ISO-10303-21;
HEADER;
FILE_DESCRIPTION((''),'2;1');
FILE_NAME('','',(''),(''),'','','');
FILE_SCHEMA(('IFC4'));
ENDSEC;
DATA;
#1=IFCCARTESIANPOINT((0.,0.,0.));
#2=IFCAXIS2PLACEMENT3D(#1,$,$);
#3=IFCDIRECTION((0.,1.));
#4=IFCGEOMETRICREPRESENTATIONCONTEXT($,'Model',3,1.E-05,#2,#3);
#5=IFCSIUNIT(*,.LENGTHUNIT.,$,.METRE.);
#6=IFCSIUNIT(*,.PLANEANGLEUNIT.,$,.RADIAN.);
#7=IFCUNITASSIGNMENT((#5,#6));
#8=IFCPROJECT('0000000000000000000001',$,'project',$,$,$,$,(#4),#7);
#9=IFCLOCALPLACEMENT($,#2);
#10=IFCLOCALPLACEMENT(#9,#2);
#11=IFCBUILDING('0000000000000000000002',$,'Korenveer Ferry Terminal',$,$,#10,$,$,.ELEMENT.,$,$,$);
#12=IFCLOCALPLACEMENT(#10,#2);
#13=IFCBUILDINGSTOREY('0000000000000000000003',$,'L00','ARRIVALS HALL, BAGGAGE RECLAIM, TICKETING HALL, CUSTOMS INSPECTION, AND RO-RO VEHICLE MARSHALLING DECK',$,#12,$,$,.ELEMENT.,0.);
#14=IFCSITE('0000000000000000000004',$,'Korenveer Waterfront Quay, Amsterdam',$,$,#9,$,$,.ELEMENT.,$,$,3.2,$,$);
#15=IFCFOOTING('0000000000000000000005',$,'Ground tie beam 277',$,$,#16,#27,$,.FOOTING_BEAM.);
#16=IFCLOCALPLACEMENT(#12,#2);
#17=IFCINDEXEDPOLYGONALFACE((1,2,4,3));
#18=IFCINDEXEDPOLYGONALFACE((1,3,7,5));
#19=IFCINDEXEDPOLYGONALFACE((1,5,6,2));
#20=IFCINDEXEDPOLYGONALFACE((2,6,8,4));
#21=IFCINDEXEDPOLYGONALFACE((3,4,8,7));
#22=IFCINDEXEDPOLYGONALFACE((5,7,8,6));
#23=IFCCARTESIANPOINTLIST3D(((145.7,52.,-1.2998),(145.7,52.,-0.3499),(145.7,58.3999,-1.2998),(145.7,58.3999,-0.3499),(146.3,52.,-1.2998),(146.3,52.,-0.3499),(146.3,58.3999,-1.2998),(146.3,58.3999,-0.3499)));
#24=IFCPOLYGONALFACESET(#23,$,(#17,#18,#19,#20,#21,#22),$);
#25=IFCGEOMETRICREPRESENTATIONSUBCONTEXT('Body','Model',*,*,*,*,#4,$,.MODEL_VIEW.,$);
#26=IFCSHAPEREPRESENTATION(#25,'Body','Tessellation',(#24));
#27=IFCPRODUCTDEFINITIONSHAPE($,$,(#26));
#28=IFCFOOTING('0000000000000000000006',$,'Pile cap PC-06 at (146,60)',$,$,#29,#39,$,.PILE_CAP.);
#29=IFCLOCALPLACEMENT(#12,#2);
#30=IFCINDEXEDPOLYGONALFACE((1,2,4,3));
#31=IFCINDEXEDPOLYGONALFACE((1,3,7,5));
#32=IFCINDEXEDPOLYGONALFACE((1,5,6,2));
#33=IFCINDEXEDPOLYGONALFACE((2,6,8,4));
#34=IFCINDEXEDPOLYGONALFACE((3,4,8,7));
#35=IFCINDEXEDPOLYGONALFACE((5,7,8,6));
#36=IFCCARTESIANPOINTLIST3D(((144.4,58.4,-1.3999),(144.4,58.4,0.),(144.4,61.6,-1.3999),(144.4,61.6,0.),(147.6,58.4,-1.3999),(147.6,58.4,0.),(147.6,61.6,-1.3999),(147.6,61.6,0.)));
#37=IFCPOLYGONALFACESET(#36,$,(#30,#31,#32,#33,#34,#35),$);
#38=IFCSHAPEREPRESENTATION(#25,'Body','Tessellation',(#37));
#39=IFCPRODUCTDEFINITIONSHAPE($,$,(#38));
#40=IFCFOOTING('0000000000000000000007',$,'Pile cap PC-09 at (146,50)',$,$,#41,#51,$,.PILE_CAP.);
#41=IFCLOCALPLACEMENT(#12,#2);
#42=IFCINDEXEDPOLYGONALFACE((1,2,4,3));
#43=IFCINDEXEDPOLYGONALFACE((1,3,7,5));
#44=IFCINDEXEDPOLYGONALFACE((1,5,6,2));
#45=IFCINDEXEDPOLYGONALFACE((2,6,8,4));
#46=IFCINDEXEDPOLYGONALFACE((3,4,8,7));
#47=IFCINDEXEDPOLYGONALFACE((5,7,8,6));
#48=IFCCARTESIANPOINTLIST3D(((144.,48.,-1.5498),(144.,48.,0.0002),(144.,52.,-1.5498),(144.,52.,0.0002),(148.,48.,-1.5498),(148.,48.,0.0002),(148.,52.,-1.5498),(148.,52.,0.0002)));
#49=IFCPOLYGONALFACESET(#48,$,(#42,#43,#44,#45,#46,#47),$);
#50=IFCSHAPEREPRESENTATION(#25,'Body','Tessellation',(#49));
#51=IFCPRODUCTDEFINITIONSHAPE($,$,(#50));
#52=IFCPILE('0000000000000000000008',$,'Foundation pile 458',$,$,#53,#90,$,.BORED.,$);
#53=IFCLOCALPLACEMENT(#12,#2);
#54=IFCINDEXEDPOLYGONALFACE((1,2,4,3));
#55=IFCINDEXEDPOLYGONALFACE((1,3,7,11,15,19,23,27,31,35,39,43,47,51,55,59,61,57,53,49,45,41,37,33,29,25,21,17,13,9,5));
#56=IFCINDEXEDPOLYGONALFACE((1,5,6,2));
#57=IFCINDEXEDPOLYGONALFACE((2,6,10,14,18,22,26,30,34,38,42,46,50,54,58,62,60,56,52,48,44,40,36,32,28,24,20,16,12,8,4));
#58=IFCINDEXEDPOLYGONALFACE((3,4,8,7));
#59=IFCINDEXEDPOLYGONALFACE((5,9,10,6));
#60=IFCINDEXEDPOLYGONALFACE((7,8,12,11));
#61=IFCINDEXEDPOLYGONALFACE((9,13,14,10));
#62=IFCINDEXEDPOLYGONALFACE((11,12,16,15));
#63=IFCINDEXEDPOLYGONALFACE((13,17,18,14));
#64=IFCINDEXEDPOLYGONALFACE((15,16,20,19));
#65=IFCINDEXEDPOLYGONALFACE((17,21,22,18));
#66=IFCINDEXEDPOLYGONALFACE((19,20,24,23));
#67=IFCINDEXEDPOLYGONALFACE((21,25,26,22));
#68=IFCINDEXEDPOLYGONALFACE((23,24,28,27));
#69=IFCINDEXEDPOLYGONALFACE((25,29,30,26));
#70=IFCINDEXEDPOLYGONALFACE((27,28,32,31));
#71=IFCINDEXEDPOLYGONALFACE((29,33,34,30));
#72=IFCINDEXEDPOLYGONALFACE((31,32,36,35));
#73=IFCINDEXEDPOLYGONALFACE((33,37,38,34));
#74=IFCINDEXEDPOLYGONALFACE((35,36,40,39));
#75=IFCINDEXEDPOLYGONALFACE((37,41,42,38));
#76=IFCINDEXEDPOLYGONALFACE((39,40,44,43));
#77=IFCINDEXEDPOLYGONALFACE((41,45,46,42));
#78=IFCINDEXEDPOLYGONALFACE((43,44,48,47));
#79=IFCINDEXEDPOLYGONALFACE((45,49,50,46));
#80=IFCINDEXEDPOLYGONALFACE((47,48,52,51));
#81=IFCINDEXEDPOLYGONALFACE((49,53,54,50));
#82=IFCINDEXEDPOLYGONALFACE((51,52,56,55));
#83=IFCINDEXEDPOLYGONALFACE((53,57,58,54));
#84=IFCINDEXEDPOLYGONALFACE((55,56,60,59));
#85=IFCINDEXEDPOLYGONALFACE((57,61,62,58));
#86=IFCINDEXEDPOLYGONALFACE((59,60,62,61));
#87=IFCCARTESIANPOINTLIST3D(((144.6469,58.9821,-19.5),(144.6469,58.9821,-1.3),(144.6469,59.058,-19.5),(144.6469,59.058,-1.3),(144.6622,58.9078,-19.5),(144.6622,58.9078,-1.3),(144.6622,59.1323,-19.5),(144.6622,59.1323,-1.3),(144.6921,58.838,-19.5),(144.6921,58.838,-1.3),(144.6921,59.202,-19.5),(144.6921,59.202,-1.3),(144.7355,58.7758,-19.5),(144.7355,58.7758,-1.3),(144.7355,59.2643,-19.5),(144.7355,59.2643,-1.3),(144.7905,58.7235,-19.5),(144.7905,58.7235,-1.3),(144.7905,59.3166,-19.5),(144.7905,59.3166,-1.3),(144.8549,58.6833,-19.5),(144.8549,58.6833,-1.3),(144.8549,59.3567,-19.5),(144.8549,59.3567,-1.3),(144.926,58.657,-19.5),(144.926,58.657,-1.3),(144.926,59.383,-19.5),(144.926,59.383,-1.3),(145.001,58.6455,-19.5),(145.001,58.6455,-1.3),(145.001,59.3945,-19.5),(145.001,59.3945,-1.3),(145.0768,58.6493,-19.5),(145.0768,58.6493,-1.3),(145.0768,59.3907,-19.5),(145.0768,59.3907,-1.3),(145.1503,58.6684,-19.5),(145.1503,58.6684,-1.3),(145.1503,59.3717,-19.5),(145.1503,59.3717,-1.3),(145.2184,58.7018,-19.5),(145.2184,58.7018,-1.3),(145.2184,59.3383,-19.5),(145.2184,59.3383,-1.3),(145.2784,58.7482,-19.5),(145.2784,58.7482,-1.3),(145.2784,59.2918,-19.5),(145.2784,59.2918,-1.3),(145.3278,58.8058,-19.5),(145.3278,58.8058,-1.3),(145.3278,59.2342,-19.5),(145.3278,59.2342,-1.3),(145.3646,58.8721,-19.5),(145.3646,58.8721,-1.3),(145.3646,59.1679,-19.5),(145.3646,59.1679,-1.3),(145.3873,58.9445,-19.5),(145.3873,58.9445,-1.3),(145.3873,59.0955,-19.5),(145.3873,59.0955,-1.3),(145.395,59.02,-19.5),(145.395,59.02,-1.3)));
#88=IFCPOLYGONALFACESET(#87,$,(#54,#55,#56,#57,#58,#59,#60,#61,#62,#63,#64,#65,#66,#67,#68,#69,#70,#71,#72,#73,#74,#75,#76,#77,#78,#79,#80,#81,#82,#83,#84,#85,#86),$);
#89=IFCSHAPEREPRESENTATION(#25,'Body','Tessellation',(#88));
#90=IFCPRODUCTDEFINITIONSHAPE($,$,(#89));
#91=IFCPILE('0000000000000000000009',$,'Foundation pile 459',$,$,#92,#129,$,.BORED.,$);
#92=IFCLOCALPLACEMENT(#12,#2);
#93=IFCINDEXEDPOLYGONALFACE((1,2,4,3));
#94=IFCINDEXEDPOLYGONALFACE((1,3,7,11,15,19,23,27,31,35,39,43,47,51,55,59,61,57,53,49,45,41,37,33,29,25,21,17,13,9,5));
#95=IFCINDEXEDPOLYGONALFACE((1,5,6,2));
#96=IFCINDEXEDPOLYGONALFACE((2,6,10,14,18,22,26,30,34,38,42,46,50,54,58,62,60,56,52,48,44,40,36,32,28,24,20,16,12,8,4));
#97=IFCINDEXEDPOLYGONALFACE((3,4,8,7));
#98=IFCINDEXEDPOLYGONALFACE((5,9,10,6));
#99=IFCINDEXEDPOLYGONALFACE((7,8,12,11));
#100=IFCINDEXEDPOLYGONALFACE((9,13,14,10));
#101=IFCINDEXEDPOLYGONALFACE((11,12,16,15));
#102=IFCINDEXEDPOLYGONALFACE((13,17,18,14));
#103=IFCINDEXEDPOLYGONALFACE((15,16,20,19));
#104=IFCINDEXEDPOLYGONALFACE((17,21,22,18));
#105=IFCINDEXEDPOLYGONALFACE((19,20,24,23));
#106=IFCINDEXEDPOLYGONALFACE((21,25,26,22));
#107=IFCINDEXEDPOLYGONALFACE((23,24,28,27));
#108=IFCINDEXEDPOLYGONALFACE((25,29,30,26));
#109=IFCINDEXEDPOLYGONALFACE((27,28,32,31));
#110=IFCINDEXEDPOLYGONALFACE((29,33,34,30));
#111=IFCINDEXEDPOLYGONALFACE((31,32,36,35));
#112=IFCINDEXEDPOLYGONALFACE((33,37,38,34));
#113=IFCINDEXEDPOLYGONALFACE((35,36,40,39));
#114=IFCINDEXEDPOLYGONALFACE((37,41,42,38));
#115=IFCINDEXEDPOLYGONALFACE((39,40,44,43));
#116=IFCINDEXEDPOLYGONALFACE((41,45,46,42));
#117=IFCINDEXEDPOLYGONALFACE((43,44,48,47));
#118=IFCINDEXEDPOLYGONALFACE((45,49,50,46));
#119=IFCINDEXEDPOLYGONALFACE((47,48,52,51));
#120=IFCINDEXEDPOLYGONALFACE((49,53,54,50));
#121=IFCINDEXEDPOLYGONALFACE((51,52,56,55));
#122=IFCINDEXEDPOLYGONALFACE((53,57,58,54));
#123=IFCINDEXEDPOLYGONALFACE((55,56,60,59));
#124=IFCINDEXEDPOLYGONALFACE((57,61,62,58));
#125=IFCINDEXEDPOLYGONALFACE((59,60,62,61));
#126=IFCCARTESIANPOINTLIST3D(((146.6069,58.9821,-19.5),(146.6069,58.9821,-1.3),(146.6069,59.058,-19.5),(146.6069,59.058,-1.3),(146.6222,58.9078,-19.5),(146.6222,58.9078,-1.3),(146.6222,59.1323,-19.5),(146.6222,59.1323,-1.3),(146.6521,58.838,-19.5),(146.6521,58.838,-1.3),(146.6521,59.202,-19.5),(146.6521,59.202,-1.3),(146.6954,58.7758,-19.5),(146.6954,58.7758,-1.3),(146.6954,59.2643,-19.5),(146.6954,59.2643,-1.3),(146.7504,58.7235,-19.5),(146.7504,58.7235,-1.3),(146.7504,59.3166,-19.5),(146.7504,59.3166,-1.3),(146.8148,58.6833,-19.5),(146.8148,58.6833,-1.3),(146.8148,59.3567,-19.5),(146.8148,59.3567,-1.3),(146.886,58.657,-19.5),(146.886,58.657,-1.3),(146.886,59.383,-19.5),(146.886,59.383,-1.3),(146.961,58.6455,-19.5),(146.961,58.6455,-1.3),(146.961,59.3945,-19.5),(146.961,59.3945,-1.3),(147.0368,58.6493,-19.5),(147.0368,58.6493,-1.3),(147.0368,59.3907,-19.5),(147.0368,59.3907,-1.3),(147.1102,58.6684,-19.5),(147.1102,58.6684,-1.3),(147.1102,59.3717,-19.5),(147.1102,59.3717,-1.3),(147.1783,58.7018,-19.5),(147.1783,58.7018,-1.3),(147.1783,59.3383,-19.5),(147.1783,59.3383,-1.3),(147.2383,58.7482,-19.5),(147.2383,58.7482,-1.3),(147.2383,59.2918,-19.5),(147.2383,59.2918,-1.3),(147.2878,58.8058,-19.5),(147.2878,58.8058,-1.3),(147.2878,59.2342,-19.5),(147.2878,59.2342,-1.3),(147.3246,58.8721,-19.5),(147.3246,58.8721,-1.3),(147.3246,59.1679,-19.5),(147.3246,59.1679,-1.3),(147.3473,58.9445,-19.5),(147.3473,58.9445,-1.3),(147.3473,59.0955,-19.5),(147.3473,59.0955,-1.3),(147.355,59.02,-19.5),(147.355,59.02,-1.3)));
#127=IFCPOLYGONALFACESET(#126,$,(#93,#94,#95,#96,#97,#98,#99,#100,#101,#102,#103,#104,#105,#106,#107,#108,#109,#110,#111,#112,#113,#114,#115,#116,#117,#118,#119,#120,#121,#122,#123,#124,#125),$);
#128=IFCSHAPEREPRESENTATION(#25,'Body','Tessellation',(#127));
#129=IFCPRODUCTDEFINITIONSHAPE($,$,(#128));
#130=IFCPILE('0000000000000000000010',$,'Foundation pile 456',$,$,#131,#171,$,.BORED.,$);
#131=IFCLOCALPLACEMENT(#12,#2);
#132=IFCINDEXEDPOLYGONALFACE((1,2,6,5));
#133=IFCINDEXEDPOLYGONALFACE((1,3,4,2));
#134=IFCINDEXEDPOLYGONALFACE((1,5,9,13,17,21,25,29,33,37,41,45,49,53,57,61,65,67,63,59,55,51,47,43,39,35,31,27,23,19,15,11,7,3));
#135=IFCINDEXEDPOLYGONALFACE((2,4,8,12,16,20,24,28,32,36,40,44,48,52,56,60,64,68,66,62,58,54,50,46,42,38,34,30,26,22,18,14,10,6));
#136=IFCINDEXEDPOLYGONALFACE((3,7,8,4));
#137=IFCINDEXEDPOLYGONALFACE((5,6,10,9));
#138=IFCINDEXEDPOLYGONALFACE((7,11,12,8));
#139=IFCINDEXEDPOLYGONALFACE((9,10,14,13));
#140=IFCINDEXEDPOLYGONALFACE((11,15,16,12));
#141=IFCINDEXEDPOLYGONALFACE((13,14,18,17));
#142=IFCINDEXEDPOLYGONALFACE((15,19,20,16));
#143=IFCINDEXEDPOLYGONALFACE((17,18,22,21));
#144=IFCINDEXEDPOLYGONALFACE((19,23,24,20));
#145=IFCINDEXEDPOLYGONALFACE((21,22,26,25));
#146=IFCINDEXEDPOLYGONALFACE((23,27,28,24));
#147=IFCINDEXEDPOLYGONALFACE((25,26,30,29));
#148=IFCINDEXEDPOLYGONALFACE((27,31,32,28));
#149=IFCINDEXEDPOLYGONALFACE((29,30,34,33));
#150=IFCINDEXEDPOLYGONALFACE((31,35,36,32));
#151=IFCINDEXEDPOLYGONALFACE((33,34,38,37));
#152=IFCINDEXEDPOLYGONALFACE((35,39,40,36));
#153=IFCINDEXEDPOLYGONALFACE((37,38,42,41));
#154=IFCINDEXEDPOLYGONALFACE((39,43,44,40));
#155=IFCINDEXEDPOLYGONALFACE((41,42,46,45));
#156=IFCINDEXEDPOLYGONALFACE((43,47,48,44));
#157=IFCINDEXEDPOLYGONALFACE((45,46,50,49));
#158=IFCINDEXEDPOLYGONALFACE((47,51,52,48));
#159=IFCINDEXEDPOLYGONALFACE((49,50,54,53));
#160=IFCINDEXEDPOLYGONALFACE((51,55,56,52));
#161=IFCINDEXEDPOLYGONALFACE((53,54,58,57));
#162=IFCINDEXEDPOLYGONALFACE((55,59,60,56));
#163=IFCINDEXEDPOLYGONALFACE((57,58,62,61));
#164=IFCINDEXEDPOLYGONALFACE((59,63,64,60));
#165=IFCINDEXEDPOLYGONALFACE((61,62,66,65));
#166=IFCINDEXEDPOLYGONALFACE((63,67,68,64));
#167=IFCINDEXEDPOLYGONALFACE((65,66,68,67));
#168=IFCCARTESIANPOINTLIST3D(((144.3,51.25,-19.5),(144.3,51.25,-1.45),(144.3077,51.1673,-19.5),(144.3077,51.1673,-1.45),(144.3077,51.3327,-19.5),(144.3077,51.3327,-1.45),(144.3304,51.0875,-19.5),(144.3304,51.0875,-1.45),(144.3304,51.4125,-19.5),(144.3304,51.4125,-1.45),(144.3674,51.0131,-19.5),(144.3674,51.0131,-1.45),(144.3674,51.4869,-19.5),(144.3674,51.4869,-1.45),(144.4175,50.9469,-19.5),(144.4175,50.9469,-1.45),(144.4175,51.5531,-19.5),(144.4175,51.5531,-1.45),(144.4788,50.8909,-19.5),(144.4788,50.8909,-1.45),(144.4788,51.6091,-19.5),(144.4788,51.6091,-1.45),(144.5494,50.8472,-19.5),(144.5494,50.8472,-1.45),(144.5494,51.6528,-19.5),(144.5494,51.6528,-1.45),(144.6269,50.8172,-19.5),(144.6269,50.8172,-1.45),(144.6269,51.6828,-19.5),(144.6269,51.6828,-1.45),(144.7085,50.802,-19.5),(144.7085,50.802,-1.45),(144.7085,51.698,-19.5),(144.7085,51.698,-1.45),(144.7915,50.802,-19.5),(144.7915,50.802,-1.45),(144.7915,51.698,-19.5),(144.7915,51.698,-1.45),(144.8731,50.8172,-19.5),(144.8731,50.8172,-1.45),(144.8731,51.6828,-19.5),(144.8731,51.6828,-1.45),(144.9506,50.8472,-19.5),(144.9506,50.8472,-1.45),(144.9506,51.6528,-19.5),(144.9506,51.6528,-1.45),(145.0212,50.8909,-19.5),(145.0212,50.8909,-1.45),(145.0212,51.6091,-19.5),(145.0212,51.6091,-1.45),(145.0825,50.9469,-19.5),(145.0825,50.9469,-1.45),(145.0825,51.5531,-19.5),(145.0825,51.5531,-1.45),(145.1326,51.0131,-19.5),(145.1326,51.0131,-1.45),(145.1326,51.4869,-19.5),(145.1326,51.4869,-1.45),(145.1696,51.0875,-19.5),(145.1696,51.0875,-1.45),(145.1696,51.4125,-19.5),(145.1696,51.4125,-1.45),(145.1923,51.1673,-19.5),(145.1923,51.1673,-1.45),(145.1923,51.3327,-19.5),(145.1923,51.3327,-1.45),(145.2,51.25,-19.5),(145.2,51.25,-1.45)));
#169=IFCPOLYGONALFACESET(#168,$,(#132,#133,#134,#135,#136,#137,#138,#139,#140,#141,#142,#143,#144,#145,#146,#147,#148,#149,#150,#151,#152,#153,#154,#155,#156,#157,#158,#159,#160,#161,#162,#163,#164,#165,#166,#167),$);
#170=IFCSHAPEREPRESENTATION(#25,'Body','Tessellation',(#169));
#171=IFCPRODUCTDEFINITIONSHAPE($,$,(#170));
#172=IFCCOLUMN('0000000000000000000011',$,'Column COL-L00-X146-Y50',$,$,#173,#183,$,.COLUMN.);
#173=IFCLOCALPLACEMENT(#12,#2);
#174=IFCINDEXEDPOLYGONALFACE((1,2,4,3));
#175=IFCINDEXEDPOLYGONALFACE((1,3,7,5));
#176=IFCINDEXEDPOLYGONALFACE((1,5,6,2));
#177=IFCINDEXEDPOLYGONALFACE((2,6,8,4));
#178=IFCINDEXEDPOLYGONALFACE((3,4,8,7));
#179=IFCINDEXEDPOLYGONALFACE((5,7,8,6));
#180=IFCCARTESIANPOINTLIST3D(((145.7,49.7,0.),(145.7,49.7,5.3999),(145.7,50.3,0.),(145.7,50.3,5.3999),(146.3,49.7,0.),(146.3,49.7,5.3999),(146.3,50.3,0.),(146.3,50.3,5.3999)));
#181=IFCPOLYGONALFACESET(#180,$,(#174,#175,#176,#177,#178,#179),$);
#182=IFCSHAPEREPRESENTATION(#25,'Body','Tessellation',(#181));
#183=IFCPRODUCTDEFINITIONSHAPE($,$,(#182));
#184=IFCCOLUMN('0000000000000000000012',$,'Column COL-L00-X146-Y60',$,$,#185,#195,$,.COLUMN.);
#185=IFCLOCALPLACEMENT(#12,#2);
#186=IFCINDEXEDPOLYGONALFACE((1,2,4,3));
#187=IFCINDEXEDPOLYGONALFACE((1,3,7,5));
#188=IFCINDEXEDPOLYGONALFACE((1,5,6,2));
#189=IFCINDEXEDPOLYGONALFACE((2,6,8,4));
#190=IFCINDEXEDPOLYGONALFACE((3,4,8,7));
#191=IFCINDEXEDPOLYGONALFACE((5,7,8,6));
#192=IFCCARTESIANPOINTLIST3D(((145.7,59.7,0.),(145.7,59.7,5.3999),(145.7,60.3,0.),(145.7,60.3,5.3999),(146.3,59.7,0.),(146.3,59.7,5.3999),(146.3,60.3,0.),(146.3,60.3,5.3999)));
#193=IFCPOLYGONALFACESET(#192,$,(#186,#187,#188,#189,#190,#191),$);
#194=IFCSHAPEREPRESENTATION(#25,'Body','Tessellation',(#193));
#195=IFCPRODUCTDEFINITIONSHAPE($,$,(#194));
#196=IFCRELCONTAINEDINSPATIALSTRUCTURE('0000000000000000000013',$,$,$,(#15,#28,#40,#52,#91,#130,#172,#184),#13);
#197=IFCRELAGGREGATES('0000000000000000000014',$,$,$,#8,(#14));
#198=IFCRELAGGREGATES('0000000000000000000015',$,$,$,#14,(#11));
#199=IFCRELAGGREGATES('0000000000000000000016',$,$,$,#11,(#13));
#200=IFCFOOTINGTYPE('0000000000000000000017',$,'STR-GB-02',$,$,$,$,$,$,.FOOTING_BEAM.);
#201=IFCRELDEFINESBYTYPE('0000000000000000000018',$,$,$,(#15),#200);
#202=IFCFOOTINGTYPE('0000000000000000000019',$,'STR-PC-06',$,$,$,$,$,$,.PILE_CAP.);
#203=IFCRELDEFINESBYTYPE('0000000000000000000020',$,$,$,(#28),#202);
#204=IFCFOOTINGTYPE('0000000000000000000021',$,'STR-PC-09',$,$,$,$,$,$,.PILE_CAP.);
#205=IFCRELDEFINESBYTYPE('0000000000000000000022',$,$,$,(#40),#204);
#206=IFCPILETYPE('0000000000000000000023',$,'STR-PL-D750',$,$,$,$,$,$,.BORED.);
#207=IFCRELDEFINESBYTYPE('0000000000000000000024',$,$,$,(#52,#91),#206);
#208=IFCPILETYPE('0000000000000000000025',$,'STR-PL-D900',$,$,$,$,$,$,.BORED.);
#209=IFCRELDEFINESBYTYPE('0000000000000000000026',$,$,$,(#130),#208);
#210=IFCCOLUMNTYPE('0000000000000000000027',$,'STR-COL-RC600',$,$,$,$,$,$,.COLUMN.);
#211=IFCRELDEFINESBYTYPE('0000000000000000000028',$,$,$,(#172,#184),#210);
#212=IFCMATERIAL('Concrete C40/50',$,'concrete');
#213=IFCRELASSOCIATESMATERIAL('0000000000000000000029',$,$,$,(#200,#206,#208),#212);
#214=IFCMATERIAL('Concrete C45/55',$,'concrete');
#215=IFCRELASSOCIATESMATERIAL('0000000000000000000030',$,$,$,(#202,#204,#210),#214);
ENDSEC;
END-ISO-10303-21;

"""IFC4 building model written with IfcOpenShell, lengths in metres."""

from ifc_helpers import new_model, si_unit, direction, frame, origin, origin_2d, place, context, subcontext, project, spatial, rectangle, circle, extrude, material, material_profile, profile_set, type_object, element, save


model = new_model("IFC4")

# Units and contexts
model_context = context("Model", 3, precision=1e-05, world=origin(), true_north=direction((0.0, 1.0)))
body_context = subcontext(model_context, "Body", "Model", "MODEL_VIEW")
ifc_project = project(units=[si_unit("LENGTHUNIT", "METRE"), si_unit("PLANEANGLEUNIT", "RADIAN")], contexts=[model_context])

# Site, building, storey
site_placement = place(None, origin())
site = spatial("IfcSite", under=ifc_project, at=site_placement, Name="Korenveer Waterfront Quay, Amsterdam", CompositionType="ELEMENT", RefElevation=3.2)
building_placement = place(site_placement, origin())
building = spatial("IfcBuilding", under=site, at=building_placement, Name="Korenveer Ferry Terminal", CompositionType="ELEMENT")
storey_placement = place(building_placement, origin())
storey = spatial("IfcBuildingStorey", under=building, at=storey_placement, Name="L00", Description="ARRIVALS HALL, BAGGAGE RECLAIM, TICKETING HALL, CUSTOMS INSPECTION, AND RO-RO VEHICLE MARSHALLING DECK", CompositionType="ELEMENT", Elevation=0.0)

# Footings
ifc_material_1 = material(Name="Concrete C40/50", Category="concrete")
footing_type_1 = type_object("IfcFootingType", Name="STR-GB-02", PredefinedType="FOOTING_BEAM", material=ifc_material_1)
footing_1_placement = place(storey_placement, frame((146.0, 55.2, -1.2998), z_axis=(0.0, 0.0, 1.0), x_axis=(1.0, 0.0, 0.0)))
element("IfcFooting", 1, at=footing_1_placement, inside=storey, type_object=footing_type_1, Name="Ground tie beam 277", PredefinedType="FOOTING_BEAM", context=body_context, shape_type="SweptSolid", body=[
    extrude(rectangle(XDim=0.6001, YDim=6.3999, at=origin_2d()), origin(), (0.0, 0.0, 1.0), 0.95),
])
ifc_material_2 = material(Name="Concrete C45/55", Category="concrete")
footing_type_2 = type_object("IfcFootingType", Name="STR-PC-06", PredefinedType="PILE_CAP", material=ifc_material_2)
footing_2_placement = place(storey_placement, frame((146.0, 60.0, -1.3999), z_axis=(0.0, 0.0, 1.0), x_axis=(1.0, 0.0, 0.0)))
element("IfcFooting", 2, at=footing_2_placement, inside=storey, type_object=footing_type_2, Name="Pile cap PC-06 at (146,60)", PredefinedType="PILE_CAP", context=body_context, shape_type="SweptSolid", body=[
    extrude(rectangle(XDim=3.2, YDim=3.2, at=origin_2d()), origin(), (0.0, 0.0, 1.0), 1.3999),
])
footing_type_3 = type_object("IfcFootingType", Name="STR-PC-09", PredefinedType="PILE_CAP", material=ifc_material_2)
footing_3_placement = place(storey_placement, frame((146.0, 50.0, -1.5498), z_axis=(0.0, 0.0, 1.0), x_axis=(1.0, 0.0, 0.0)))
element("IfcFooting", 3, at=footing_3_placement, inside=storey, type_object=footing_type_3, Name="Pile cap PC-09 at (146,50)", PredefinedType="PILE_CAP", context=body_context, shape_type="SweptSolid", body=[
    extrude(rectangle(XDim=4.0, YDim=4.0, at=origin_2d()), origin(), (0.0, 0.0, 1.0), 1.55),
])

# Piles
ifc_material_profile_1 = material_profile(ifc_material_1, circle(Radius=0.375, at=origin_2d()), Name="PILE D750")
ifc_profile_set_1 = profile_set([ifc_material_profile_1], Name="Concrete C40/50")
pile_type_1 = type_object("IfcPileType", Name="STR-PL-D750", PredefinedType="BORED", material=ifc_profile_set_1)
for number, where, z_axis, x_axis, name in (
    (4, (145.02, 59.02, -1.3), (0.0, 0.0, -1.0), (1.0, 0.0, 0.0), "Foundation pile 458"),
    (5, (146.98, 59.02, -1.3), (0.0, 0.0, -1.0), (1.0, 0.0, 0.0), "Foundation pile 459"),
):
    element("IfcPile", number, at=place(storey_placement, frame(where, z_axis=z_axis, x_axis=x_axis)), inside=storey, type_object=pile_type_1, Name=name, PredefinedType="BORED", context=body_context, shape_type="SweptSolid", body=[
        extrude(circle(Radius=0.375, at=origin_2d()), origin(), (0.0, 0.0, 1.0), 18.2),
    ])
ifc_material_profile_2 = material_profile(ifc_material_1, circle(Radius=0.45, at=origin_2d()), Name="PILE D900")
ifc_profile_set_2 = profile_set([ifc_material_profile_2], Name="Concrete C40/50")
pile_type_2 = type_object("IfcPileType", Name="STR-PL-D900", PredefinedType="BORED", material=ifc_profile_set_2)
pile_placement = place(storey_placement, frame((144.75, 51.25, -1.45), z_axis=(0.0, 0.0, -1.0), x_axis=(1.0, 0.0, 0.0)))
element("IfcPile", 6, at=pile_placement, inside=storey, type_object=pile_type_2, Name="Foundation pile 456", PredefinedType="BORED", context=body_context, shape_type="SweptSolid", body=[
    extrude(circle(Radius=0.45, at=origin_2d()), origin(), (0.0, 0.0, 1.0), 18.05),
])

# Columns
ifc_material_profile_3 = material_profile(ifc_material_2, rectangle(XDim=0.6001, YDim=0.6001, at=origin_2d()), Name="RC 600x600")
ifc_profile_set_3 = profile_set([ifc_material_profile_3], Name="Concrete C45/55")
column_type = type_object("IfcColumnType", Name="STR-COL-RC600", PredefinedType="COLUMN", material=ifc_profile_set_3)
for number, where, z_axis, x_axis, name in (
    (7, (146.0, 50.0, 0.0), (0.0, 0.0, 1.0), (1.0, 0.0, 0.0), "Column COL-L00-X146-Y50"),
    (8, (146.0, 60.0, 0.0), (0.0, 0.0, 1.0), (1.0, 0.0, 0.0), "Column COL-L00-X146-Y60"),
):
    element("IfcColumn", number, at=place(storey_placement, frame(where, z_axis=z_axis, x_axis=x_axis)), inside=storey, type_object=column_type, Name=name, PredefinedType="COLUMN", context=body_context, shape_type="SweptSolid", body=[
        extrude(rectangle(XDim=0.6001, YDim=0.6001, at=origin_2d()), origin(), (0.0, 0.0, 1.0), 5.3999),
    ])

save(model, "model.ifc")
